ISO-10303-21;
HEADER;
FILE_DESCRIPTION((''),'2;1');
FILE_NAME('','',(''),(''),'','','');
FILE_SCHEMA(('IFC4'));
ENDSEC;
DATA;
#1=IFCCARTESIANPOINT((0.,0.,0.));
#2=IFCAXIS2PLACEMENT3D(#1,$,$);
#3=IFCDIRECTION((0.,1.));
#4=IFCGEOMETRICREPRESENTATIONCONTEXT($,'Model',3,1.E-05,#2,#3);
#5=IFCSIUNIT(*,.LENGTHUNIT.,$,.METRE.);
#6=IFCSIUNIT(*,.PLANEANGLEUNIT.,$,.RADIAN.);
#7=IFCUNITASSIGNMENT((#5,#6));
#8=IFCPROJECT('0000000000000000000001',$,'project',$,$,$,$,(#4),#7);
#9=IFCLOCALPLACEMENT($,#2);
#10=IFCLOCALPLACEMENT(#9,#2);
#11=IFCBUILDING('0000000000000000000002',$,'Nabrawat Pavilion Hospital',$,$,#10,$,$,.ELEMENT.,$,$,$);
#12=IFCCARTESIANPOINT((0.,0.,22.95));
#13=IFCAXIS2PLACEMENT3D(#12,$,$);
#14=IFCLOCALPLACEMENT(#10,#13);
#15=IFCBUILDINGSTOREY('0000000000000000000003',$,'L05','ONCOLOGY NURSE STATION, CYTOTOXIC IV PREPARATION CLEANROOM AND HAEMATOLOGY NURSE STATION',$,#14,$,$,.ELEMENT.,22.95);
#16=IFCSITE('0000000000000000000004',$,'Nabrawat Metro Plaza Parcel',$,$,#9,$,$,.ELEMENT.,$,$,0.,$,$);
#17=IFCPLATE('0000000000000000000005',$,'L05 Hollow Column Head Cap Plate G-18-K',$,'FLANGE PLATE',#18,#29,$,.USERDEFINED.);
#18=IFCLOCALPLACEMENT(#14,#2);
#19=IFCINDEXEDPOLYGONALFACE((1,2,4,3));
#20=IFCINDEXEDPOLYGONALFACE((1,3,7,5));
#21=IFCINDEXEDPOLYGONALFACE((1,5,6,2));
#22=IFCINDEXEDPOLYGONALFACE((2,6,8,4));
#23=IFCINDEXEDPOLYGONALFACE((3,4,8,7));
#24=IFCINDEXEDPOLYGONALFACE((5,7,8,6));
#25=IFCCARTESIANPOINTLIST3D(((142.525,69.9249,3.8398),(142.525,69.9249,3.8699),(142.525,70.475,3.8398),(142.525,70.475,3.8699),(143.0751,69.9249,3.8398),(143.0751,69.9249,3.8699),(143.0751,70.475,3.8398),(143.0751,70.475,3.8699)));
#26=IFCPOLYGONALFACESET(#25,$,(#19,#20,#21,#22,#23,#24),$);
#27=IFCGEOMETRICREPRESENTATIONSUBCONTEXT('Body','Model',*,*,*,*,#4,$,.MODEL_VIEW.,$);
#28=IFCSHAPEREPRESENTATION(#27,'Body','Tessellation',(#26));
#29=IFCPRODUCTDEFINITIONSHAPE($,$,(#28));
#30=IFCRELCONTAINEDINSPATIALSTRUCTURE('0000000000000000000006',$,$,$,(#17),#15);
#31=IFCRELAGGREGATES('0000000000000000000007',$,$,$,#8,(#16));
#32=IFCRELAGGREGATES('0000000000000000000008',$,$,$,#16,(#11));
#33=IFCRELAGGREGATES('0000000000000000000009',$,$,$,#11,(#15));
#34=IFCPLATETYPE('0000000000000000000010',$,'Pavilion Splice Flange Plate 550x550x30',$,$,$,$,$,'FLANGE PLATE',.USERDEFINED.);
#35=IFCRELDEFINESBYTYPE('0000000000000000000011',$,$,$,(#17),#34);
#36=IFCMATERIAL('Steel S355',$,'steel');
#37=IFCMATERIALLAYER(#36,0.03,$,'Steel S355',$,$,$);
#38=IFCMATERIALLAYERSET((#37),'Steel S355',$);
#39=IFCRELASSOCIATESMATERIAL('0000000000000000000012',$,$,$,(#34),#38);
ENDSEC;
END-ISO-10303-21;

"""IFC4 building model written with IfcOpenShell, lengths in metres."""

from ifc_helpers import new_model, si_unit, direction, frame, origin, origin_2d, place, context, subcontext, project, spatial, rectangle, extrude, material, layer, layer_set, type_object, element, save


model = new_model("IFC4")

# Units and contexts
model_context = context("Model", 3, precision=1e-05, world=origin(), true_north=direction((0.0, 1.0)))
body_context = subcontext(model_context, "Body", "Model", "MODEL_VIEW")
ifc_project = project(units=[si_unit("LENGTHUNIT", "METRE"), si_unit("PLANEANGLEUNIT", "RADIAN")], contexts=[model_context])

# Site, building, storey
site_placement = place(None, origin())
site = spatial("IfcSite", under=ifc_project, at=site_placement, Name="Nabrawat Metro Plaza Parcel", CompositionType="ELEMENT", RefElevation=0.0)
building_placement = place(site_placement, origin())
building = spatial("IfcBuilding", under=site, at=building_placement, Name="Nabrawat Pavilion Hospital", CompositionType="ELEMENT")
storey_placement = place(building_placement, frame((0.0, 0.0, 22.95)))
storey = spatial("IfcBuildingStorey", under=building, at=storey_placement, Name="L05", Description="ONCOLOGY NURSE STATION, CYTOTOXIC IV PREPARATION CLEANROOM AND HAEMATOLOGY NURSE STATION", CompositionType="ELEMENT", Elevation=22.95)

# Shared definitions
ifc_material_1 = material(Name="Steel S355", Category="steel")

# Plate
ifc_layer_1 = layer(ifc_material_1, 0.03, Name="Steel S355")
ifc_layer_set_1 = layer_set([ifc_layer_1], Name="Steel S355")
plate_type = type_object("IfcPlateType", Name="Pavilion Splice Flange Plate 550x550x30", ElementType="FLANGE PLATE", PredefinedType="USERDEFINED", material=ifc_layer_set_1)
for number, where, z_axis, x_axis, name in (
    (1, (142.8, 70.2, 3.8398), (0.0, 0.0, 1.0), (1.0, 0.0, 0.0), "L05 Hollow Column Head Cap Plate G-18-K"),
):
    element("IfcPlate", number, at=place(storey_placement, frame(where, z_axis=z_axis, x_axis=x_axis)), inside=storey, type_object=plate_type, Name=name, ObjectType="FLANGE PLATE", PredefinedType="USERDEFINED", context=body_context, shape_type="SweptSolid", body=[
        extrude(rectangle(XDim=0.55, YDim=0.55, at=origin_2d()), origin(), (0.0, 0.0, 1.0), 0.03),
    ])

save(model, "model.ifc")
